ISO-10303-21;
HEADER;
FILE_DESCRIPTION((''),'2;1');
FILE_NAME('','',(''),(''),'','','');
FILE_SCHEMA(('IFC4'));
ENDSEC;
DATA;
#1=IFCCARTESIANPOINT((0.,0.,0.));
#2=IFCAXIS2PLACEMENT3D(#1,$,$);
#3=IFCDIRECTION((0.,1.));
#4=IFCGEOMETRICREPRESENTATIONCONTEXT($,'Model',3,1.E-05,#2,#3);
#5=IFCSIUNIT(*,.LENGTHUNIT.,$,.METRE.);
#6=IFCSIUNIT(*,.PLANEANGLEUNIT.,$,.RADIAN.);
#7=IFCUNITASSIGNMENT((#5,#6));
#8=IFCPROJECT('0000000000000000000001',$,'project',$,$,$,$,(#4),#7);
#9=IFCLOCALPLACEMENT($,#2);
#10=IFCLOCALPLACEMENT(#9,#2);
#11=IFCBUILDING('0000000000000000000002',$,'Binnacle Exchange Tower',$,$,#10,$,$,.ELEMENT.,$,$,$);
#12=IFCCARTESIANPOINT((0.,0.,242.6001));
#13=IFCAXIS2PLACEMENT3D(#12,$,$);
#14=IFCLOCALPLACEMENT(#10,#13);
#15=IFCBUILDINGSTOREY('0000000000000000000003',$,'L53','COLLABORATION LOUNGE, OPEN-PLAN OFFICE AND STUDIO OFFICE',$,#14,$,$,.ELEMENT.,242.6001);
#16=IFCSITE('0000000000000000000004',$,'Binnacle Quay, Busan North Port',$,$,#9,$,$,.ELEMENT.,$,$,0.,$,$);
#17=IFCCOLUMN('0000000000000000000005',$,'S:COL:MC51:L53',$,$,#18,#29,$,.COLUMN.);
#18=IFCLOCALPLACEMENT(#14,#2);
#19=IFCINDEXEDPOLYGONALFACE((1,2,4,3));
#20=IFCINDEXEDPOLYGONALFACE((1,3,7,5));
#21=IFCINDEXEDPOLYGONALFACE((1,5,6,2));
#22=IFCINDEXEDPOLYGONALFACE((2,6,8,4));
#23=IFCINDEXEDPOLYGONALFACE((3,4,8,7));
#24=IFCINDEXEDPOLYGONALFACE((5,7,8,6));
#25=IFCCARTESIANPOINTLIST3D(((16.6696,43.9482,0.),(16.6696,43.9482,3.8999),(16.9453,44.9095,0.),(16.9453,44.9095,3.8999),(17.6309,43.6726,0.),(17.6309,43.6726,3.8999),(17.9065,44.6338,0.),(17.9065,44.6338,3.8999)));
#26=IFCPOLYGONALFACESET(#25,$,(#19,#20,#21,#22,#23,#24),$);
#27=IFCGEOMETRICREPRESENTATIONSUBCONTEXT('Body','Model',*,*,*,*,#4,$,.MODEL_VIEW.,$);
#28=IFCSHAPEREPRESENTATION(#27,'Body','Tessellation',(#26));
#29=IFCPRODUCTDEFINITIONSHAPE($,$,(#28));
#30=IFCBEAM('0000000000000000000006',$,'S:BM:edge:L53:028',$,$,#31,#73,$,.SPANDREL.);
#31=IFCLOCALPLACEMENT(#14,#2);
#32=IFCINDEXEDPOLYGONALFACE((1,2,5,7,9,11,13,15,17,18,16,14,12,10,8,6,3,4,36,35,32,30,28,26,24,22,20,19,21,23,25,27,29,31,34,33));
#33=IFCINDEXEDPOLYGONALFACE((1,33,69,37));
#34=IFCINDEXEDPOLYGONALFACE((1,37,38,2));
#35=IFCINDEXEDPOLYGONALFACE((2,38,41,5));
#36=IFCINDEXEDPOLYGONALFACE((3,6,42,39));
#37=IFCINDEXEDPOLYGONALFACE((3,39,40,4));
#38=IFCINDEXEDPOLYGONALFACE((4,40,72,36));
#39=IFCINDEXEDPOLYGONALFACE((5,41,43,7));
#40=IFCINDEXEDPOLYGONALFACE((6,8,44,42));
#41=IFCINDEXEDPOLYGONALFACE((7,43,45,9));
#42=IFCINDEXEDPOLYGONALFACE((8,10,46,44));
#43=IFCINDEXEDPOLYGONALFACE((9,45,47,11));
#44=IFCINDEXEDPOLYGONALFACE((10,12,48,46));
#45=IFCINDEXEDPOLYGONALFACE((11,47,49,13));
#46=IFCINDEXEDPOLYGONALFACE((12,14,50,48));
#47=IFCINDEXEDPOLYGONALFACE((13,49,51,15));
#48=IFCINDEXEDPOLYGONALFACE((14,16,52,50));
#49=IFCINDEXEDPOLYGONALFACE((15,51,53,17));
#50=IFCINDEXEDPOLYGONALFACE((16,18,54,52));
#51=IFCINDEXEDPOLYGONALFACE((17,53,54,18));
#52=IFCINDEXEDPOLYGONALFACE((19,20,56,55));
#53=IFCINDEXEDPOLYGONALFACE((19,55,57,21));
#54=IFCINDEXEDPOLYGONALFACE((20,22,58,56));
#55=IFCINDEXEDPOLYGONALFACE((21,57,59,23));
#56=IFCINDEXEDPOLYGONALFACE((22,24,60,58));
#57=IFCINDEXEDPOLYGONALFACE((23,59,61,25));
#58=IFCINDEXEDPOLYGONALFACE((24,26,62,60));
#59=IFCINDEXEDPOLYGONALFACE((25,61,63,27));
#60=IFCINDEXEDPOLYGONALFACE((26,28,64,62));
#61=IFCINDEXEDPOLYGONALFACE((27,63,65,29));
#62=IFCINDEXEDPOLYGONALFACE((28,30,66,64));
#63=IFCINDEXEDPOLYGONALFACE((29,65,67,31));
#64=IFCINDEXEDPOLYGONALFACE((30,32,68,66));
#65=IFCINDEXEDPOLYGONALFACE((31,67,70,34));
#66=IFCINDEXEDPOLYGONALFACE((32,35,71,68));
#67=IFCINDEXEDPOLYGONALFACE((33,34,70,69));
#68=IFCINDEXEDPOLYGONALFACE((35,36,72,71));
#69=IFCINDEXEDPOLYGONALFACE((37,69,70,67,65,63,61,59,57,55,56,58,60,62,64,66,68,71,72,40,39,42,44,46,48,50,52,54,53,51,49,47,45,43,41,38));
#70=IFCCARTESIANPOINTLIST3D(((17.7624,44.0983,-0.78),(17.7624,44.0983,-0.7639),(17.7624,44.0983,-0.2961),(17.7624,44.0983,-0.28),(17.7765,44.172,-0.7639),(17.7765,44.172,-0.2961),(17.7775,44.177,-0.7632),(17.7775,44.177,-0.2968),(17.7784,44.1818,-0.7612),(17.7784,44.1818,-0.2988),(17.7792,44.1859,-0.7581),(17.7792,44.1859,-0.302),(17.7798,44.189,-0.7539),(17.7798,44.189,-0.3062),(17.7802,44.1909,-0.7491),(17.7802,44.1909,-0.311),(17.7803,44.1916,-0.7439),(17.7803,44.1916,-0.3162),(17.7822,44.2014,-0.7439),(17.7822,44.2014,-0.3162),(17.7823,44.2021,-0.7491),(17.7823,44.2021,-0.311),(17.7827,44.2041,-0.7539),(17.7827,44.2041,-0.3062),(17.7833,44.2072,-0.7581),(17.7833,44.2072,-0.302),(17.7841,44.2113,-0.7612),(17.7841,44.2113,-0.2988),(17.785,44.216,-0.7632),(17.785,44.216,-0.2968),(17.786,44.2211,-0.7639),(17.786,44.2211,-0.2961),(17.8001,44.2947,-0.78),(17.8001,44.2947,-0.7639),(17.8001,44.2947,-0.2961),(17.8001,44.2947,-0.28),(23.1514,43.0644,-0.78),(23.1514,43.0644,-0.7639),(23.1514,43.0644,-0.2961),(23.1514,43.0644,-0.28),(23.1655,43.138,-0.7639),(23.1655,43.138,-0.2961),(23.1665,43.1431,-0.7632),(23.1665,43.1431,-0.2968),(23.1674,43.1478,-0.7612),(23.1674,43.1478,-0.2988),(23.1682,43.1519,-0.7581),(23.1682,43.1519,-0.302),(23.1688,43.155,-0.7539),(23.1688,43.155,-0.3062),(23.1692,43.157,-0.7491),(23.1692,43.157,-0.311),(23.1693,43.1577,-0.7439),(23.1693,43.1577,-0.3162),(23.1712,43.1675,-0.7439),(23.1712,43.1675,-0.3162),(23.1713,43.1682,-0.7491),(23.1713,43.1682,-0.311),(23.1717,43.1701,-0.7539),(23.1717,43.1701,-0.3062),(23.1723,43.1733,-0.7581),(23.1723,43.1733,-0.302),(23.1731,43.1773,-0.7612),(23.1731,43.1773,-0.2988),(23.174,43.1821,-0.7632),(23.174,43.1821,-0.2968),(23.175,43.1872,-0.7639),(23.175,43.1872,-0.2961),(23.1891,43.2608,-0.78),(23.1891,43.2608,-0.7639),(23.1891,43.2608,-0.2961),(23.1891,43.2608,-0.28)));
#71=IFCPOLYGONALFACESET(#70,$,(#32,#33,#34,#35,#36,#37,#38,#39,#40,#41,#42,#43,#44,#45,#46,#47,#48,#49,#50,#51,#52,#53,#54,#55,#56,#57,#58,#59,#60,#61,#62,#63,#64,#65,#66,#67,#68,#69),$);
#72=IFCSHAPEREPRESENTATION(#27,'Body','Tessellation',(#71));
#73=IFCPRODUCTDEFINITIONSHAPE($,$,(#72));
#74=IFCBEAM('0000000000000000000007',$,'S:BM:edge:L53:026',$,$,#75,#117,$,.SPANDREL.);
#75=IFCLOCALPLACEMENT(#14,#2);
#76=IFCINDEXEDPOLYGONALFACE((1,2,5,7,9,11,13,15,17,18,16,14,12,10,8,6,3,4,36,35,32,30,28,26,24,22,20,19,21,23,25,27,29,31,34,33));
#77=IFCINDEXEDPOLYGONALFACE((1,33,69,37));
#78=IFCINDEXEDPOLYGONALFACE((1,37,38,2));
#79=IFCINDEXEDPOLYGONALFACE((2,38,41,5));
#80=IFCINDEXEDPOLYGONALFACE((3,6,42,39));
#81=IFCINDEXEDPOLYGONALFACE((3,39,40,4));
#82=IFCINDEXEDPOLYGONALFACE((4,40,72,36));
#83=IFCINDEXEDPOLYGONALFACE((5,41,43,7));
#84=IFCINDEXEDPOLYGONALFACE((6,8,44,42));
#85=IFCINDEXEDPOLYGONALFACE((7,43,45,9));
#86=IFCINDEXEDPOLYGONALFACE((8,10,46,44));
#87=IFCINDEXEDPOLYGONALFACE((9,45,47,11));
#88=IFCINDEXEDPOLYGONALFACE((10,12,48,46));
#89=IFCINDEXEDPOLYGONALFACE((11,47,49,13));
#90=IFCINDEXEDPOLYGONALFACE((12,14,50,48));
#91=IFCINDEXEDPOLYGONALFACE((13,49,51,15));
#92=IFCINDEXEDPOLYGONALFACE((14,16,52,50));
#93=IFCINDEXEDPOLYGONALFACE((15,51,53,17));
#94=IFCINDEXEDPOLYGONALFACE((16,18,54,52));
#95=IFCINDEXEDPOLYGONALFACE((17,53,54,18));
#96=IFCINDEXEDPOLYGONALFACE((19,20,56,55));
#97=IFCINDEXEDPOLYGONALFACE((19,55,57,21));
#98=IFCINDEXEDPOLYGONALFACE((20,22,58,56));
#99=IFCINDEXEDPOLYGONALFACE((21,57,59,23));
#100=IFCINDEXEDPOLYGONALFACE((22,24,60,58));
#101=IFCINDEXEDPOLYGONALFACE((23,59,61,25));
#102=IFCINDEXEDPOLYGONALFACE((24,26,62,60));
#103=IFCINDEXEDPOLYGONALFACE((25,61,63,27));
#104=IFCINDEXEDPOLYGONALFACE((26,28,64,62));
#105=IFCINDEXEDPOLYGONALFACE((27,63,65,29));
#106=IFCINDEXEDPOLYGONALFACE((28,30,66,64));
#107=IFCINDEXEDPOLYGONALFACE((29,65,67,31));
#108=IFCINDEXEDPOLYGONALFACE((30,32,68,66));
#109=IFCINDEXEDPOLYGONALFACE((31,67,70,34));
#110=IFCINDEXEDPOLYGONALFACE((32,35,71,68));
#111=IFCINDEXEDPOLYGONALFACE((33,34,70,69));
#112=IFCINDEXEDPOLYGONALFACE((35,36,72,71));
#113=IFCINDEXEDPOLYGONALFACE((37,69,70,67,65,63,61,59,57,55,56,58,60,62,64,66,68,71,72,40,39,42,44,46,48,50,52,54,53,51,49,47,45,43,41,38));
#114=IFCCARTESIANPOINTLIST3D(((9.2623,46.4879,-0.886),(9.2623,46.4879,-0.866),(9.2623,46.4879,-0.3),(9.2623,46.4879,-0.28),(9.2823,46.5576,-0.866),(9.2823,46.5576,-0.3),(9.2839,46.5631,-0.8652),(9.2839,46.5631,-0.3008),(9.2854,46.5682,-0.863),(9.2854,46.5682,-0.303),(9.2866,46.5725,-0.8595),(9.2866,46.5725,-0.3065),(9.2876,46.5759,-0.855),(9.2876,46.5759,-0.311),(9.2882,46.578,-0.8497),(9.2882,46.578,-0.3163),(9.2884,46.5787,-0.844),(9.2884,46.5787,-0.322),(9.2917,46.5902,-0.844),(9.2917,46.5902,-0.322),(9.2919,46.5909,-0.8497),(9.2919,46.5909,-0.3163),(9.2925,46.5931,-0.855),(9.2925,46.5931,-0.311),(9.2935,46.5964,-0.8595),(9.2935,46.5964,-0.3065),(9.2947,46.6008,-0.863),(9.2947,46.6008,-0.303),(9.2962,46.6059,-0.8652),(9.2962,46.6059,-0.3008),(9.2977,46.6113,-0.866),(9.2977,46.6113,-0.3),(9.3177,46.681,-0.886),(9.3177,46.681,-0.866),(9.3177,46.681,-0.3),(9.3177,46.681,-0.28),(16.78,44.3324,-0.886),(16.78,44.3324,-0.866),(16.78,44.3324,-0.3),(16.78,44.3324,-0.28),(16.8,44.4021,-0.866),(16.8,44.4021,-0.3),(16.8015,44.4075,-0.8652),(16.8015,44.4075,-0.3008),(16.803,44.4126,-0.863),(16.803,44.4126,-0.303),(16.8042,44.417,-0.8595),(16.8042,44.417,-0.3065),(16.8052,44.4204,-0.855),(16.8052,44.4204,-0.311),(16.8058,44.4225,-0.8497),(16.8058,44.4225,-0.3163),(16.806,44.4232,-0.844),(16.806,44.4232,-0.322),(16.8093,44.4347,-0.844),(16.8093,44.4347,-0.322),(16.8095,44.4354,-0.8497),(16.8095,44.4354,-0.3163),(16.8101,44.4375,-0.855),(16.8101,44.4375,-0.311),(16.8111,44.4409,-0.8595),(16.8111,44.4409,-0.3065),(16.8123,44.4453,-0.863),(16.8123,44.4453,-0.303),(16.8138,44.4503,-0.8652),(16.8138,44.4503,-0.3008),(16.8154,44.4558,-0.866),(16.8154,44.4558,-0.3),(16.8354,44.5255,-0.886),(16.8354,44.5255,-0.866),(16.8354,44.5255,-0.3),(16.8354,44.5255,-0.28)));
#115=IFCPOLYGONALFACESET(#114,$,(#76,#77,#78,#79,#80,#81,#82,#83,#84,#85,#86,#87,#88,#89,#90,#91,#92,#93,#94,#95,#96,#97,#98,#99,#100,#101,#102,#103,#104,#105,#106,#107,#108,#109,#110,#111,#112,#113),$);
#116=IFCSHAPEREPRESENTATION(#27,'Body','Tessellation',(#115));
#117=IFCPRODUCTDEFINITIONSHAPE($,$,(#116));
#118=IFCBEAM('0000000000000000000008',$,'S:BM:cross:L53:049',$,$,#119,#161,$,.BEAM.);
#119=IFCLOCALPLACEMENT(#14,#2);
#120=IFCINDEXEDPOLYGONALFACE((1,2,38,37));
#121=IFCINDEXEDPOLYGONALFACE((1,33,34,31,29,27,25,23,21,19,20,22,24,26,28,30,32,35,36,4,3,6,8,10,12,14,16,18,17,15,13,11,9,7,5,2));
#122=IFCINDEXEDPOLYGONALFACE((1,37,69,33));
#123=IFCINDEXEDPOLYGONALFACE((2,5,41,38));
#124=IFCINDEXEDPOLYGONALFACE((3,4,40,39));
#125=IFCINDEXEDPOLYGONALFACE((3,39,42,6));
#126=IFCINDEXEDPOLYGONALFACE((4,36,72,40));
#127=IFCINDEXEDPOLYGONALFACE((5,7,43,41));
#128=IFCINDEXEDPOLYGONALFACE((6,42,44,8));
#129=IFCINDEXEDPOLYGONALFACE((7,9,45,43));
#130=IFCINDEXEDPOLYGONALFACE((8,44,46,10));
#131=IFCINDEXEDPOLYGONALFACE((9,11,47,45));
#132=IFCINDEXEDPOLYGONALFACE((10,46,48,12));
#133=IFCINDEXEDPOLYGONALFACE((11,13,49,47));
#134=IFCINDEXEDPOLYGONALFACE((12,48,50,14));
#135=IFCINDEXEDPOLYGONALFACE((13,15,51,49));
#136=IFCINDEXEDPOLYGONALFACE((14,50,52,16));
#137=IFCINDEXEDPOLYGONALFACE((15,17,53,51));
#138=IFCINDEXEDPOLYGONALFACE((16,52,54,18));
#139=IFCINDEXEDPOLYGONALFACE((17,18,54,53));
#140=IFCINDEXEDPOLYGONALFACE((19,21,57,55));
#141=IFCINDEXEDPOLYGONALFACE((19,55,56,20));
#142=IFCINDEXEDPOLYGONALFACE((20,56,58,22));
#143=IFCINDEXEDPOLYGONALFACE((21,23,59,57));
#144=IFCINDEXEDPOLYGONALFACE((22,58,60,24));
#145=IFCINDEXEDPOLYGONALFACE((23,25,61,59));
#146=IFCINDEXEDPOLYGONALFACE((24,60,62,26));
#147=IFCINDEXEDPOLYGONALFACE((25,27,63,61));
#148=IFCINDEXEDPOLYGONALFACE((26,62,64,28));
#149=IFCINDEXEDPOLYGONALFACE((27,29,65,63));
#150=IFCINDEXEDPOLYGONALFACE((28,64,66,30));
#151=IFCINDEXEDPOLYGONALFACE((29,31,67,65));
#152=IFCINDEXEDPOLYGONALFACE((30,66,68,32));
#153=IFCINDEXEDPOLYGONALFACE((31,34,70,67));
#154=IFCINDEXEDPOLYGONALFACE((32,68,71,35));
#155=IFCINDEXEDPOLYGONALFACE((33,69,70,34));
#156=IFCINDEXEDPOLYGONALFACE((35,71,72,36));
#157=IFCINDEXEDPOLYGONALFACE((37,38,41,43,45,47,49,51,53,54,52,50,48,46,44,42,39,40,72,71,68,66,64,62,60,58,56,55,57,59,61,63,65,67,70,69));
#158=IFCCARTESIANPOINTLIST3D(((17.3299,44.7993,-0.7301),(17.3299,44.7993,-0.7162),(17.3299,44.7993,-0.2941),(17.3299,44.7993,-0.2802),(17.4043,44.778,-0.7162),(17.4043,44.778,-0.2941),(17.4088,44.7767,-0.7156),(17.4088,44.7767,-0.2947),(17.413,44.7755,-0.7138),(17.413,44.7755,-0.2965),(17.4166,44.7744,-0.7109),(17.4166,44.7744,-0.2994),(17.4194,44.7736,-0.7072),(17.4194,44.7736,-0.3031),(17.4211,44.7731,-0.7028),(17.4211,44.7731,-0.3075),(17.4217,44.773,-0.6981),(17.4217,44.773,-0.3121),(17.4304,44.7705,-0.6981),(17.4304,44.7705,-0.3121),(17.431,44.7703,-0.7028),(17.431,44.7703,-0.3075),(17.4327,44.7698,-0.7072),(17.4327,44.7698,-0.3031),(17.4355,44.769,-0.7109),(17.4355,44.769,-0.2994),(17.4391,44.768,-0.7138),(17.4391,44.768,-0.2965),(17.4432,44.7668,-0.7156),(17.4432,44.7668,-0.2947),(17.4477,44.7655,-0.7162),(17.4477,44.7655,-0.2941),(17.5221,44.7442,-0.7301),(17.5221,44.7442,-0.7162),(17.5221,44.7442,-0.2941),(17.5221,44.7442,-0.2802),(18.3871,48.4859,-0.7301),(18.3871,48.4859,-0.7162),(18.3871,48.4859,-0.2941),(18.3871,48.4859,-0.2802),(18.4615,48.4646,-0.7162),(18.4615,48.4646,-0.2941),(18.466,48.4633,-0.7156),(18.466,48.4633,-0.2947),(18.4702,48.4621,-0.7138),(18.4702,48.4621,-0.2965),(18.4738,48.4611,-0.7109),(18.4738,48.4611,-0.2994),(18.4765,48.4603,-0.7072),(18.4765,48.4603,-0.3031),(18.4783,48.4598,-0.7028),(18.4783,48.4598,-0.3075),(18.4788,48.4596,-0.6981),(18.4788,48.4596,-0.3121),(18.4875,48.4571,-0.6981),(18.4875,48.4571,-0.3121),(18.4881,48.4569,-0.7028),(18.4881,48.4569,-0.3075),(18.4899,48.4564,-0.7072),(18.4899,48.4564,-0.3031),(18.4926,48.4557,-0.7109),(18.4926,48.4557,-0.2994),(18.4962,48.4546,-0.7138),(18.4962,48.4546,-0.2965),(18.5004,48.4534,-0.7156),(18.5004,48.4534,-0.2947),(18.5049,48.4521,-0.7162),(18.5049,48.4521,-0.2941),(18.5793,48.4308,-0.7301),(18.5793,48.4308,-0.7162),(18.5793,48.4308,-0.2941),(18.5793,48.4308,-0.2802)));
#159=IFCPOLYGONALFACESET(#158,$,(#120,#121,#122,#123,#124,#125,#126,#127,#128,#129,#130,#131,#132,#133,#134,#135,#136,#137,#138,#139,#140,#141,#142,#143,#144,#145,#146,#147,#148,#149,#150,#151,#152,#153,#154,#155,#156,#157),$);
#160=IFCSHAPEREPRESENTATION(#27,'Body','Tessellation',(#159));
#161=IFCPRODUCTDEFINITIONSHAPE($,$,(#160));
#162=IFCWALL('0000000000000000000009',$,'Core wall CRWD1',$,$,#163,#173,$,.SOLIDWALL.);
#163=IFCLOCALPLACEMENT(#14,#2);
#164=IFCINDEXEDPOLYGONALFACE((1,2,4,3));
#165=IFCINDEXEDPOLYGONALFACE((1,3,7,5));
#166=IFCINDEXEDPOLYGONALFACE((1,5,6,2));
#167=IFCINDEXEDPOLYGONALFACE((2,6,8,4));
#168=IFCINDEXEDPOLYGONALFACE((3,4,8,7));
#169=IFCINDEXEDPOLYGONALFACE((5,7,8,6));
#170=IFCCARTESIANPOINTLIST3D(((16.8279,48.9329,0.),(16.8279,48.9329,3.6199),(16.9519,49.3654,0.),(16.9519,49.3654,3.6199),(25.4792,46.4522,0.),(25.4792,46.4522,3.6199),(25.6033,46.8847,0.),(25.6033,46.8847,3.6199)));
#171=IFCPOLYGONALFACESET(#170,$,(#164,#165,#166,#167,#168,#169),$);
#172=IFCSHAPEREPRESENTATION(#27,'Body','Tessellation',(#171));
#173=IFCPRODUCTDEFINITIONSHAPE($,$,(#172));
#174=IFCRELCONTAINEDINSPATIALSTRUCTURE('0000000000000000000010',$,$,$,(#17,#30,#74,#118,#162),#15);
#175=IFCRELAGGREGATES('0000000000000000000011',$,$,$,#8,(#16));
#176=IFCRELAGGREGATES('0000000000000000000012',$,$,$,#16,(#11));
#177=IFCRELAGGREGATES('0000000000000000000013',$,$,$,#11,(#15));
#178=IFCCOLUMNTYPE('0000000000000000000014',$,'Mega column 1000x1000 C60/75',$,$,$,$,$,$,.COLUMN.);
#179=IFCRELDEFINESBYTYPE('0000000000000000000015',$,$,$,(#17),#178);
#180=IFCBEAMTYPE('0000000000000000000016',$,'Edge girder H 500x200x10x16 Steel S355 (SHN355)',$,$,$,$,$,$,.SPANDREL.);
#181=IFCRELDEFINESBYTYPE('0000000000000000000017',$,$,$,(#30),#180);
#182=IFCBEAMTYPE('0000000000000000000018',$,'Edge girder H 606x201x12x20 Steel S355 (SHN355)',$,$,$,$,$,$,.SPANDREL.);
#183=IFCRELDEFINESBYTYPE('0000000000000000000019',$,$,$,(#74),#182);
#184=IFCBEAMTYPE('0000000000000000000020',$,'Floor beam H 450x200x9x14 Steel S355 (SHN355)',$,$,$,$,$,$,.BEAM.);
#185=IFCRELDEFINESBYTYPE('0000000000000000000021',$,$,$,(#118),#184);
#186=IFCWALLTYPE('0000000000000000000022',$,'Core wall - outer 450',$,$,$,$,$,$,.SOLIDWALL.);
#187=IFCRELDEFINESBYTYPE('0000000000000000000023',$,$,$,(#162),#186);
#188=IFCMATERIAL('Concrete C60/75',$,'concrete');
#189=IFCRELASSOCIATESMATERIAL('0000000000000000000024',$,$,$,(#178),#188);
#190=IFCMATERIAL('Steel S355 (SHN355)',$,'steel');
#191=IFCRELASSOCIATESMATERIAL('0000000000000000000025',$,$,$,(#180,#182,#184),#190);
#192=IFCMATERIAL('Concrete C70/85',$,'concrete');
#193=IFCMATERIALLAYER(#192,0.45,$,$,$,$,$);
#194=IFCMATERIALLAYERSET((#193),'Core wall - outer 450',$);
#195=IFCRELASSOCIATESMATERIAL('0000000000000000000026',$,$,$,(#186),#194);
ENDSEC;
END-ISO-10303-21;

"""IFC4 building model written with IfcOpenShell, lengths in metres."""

from ifc_helpers import new_model, si_unit, direction, frame, frame_2d, origin, origin_2d, place, context, subcontext, project, spatial, rectangle, i_section, extrude, material, layer, layer_set, material_profile, profile_set, type_object, element, save


model = new_model("IFC4")

# Units and contexts
model_context = context("Model", 3, precision=1e-05, world=origin(), true_north=direction((0.0, 1.0)))
body_context = subcontext(model_context, "Body", "Model", "MODEL_VIEW")
ifc_project = project(units=[si_unit("LENGTHUNIT", "METRE"), si_unit("PLANEANGLEUNIT", "RADIAN")], contexts=[model_context])

# Site, building, storey
site_placement = place(None, origin())
site = spatial("IfcSite", under=ifc_project, at=site_placement, Name="Binnacle Quay, Busan North Port", CompositionType="ELEMENT", RefElevation=0.0)
building_placement = place(site_placement, origin())
building = spatial("IfcBuilding", under=site, at=building_placement, Name="Binnacle Exchange Tower", CompositionType="ELEMENT")
storey_placement = place(building_placement, frame((0.0, 0.0, 242.6001)))
storey = spatial("IfcBuildingStorey", under=building, at=storey_placement, Name="L53", Description="COLLABORATION LOUNGE, OPEN-PLAN OFFICE AND STUDIO OFFICE", CompositionType="ELEMENT", Elevation=242.6001)

# Column
ifc_material_1 = material(Name="Concrete C60/75", Category="concrete")
ifc_material_profile_1 = material_profile(ifc_material_1, rectangle(XDim=1.0, YDim=1.0, at=origin_2d()), Name="Mega column 1000x1000 C60/75")
ifc_profile_set_1 = profile_set([ifc_material_profile_1], Name="Concrete C60/75")
column_type = type_object("IfcColumnType", Name="Mega column 1000x1000 C60/75", PredefinedType="COLUMN", material=ifc_profile_set_1)
column_placement = place(storey_placement, frame((17.2881, 44.291, 0.0), z_axis=(0.0, 0.0, 1.0), x_axis=(0.961262, -0.275637, 0.0)))
element("IfcColumn", 1, at=column_placement, inside=storey, type_object=column_type, Name="S:COL:MC51:L53", PredefinedType="COLUMN", context=body_context, shape_type="SweptSolid", body=[
    extrude(rectangle(XDim=1.0, YDim=1.0, at=origin_2d()), origin(), (0.0, 0.0, 1.0), 3.8999),
])

# Beams
ifc_material_2 = material(Name="Steel S355 (SHN355)", Category="steel")
ifc_material_profile_2 = material_profile(ifc_material_2, i_section(OverallWidth=0.2, OverallDepth=0.5, WebThickness=0.01, FlangeThickness=0.0161, FilletRadius=0.02, at=origin_2d()), Name="H 500x200x10x16")
ifc_profile_set_2 = profile_set([ifc_material_profile_2], Name="Steel S355 (SHN355)")
beam_type_1 = type_object("IfcBeamType", Name="Edge girder H 500x200x10x16 Steel S355 (SHN355)", PredefinedType="SPANDREL", material=ifc_profile_set_2)
beam_1_placement = place(storey_placement, frame((17.7812, 44.1965, -0.53), z_axis=(0.982087, -0.188427, 0.0), x_axis=(0.188427, 0.982087, 0.0)))
element("IfcBeam", 2, at=beam_1_placement, inside=storey, type_object=beam_type_1, Name="S:BM:edge:L53:028", PredefinedType="SPANDREL", context=body_context, shape_type="SweptSolid", body=[
    extrude(i_section(OverallWidth=0.2, OverallDepth=0.5, WebThickness=0.01, FlangeThickness=0.0161, FilletRadius=0.02, at=origin_2d()), origin(), (0.0, 0.0, 1.0), 5.4873),
])
ifc_material_profile_3 = material_profile(ifc_material_2, i_section(OverallWidth=0.2009, OverallDepth=0.606, WebThickness=0.012, FlangeThickness=0.02, FilletRadius=0.022, at=origin_2d()), Name="H 606x201x12x20")
ifc_profile_set_3 = profile_set([ifc_material_profile_3], Name="Steel S355 (SHN355)")
beam_type_2 = type_object("IfcBeamType", Name="Edge girder H 606x201x12x20 Steel S355 (SHN355)", PredefinedType="SPANDREL", material=ifc_profile_set_3)
beam_2_placement = place(storey_placement, frame((9.29, 46.5845, -0.583), z_axis=(0.961266, -0.275624, 0.0), x_axis=(0.275624, 0.961266, 0.0)))
element("IfcBeam", 3, at=beam_2_placement, inside=storey, type_object=beam_type_2, Name="S:BM:edge:L53:026", PredefinedType="SPANDREL", context=body_context, shape_type="SweptSolid", body=[
    extrude(i_section(OverallWidth=0.2009, OverallDepth=0.606, WebThickness=0.012, FlangeThickness=0.02, FilletRadius=0.022, at=origin_2d()), origin(), (0.0, 0.0, 1.0), 7.8206),
])
ifc_material_profile_4 = material_profile(ifc_material_2, i_section(OverallWidth=0.2, OverallDepth=0.45, WebThickness=0.009, FlangeThickness=0.0139, FilletRadius=0.0181, at=origin_2d()), Name="H 450x200x9x14")
ifc_profile_set_4 = profile_set([ifc_material_profile_4], Name="Steel S355 (SHN355)")
beam_type_3 = type_object("IfcBeamType", Name="Floor beam H 450x200x9x14 Steel S355 (SHN355)", PredefinedType="BEAM", material=ifc_profile_set_4)
beam_3_placement = place(storey_placement, frame((17.426, 44.7717, -0.5051), z_axis=(0.275646, 0.961259, 0.0), x_axis=(-0.961259, 0.275646, 0.0)))
element("IfcBeam", 4, at=beam_3_placement, inside=storey, type_object=beam_type_3, Name="S:BM:cross:L53:049", PredefinedType="BEAM", context=body_context, shape_type="SweptSolid", body=[
    extrude(i_section(OverallWidth=0.2, OverallDepth=0.45, WebThickness=0.009, FlangeThickness=0.0139, FilletRadius=0.0181, at=origin_2d()), origin(), (0.0, 0.0, 1.0), 3.8352),
])

# Wall
ifc_material_3 = material(Name="Concrete C70/85", Category="concrete")
ifc_layer_1 = layer(ifc_material_3, 0.45)
ifc_layer_set_1 = layer_set([ifc_layer_1], Name="Core wall - outer 450")
wall_type_1 = type_object("IfcWallType", Name="Core wall - outer 450", PredefinedType="SOLIDWALL", material=ifc_layer_set_1)
wall_1_placement = place(storey_placement, frame((16.8899, 49.1492, 0.0), z_axis=(0.0, 0.0, 1.0), x_axis=(0.961262, -0.275635, 0.0)))
element("IfcWall", 5, at=wall_1_placement, inside=storey, type_object=wall_type_1, Name="Core wall CRWD1", PredefinedType="SOLIDWALL", context=body_context, shape_type="SweptSolid", body=[
    extrude(rectangle(XDim=9.0, YDim=0.45, at=frame_2d((4.5, 0.0))), origin(), (0.0, 0.0, 1.0), 3.6199),
])

save(model, "model.ifc")
